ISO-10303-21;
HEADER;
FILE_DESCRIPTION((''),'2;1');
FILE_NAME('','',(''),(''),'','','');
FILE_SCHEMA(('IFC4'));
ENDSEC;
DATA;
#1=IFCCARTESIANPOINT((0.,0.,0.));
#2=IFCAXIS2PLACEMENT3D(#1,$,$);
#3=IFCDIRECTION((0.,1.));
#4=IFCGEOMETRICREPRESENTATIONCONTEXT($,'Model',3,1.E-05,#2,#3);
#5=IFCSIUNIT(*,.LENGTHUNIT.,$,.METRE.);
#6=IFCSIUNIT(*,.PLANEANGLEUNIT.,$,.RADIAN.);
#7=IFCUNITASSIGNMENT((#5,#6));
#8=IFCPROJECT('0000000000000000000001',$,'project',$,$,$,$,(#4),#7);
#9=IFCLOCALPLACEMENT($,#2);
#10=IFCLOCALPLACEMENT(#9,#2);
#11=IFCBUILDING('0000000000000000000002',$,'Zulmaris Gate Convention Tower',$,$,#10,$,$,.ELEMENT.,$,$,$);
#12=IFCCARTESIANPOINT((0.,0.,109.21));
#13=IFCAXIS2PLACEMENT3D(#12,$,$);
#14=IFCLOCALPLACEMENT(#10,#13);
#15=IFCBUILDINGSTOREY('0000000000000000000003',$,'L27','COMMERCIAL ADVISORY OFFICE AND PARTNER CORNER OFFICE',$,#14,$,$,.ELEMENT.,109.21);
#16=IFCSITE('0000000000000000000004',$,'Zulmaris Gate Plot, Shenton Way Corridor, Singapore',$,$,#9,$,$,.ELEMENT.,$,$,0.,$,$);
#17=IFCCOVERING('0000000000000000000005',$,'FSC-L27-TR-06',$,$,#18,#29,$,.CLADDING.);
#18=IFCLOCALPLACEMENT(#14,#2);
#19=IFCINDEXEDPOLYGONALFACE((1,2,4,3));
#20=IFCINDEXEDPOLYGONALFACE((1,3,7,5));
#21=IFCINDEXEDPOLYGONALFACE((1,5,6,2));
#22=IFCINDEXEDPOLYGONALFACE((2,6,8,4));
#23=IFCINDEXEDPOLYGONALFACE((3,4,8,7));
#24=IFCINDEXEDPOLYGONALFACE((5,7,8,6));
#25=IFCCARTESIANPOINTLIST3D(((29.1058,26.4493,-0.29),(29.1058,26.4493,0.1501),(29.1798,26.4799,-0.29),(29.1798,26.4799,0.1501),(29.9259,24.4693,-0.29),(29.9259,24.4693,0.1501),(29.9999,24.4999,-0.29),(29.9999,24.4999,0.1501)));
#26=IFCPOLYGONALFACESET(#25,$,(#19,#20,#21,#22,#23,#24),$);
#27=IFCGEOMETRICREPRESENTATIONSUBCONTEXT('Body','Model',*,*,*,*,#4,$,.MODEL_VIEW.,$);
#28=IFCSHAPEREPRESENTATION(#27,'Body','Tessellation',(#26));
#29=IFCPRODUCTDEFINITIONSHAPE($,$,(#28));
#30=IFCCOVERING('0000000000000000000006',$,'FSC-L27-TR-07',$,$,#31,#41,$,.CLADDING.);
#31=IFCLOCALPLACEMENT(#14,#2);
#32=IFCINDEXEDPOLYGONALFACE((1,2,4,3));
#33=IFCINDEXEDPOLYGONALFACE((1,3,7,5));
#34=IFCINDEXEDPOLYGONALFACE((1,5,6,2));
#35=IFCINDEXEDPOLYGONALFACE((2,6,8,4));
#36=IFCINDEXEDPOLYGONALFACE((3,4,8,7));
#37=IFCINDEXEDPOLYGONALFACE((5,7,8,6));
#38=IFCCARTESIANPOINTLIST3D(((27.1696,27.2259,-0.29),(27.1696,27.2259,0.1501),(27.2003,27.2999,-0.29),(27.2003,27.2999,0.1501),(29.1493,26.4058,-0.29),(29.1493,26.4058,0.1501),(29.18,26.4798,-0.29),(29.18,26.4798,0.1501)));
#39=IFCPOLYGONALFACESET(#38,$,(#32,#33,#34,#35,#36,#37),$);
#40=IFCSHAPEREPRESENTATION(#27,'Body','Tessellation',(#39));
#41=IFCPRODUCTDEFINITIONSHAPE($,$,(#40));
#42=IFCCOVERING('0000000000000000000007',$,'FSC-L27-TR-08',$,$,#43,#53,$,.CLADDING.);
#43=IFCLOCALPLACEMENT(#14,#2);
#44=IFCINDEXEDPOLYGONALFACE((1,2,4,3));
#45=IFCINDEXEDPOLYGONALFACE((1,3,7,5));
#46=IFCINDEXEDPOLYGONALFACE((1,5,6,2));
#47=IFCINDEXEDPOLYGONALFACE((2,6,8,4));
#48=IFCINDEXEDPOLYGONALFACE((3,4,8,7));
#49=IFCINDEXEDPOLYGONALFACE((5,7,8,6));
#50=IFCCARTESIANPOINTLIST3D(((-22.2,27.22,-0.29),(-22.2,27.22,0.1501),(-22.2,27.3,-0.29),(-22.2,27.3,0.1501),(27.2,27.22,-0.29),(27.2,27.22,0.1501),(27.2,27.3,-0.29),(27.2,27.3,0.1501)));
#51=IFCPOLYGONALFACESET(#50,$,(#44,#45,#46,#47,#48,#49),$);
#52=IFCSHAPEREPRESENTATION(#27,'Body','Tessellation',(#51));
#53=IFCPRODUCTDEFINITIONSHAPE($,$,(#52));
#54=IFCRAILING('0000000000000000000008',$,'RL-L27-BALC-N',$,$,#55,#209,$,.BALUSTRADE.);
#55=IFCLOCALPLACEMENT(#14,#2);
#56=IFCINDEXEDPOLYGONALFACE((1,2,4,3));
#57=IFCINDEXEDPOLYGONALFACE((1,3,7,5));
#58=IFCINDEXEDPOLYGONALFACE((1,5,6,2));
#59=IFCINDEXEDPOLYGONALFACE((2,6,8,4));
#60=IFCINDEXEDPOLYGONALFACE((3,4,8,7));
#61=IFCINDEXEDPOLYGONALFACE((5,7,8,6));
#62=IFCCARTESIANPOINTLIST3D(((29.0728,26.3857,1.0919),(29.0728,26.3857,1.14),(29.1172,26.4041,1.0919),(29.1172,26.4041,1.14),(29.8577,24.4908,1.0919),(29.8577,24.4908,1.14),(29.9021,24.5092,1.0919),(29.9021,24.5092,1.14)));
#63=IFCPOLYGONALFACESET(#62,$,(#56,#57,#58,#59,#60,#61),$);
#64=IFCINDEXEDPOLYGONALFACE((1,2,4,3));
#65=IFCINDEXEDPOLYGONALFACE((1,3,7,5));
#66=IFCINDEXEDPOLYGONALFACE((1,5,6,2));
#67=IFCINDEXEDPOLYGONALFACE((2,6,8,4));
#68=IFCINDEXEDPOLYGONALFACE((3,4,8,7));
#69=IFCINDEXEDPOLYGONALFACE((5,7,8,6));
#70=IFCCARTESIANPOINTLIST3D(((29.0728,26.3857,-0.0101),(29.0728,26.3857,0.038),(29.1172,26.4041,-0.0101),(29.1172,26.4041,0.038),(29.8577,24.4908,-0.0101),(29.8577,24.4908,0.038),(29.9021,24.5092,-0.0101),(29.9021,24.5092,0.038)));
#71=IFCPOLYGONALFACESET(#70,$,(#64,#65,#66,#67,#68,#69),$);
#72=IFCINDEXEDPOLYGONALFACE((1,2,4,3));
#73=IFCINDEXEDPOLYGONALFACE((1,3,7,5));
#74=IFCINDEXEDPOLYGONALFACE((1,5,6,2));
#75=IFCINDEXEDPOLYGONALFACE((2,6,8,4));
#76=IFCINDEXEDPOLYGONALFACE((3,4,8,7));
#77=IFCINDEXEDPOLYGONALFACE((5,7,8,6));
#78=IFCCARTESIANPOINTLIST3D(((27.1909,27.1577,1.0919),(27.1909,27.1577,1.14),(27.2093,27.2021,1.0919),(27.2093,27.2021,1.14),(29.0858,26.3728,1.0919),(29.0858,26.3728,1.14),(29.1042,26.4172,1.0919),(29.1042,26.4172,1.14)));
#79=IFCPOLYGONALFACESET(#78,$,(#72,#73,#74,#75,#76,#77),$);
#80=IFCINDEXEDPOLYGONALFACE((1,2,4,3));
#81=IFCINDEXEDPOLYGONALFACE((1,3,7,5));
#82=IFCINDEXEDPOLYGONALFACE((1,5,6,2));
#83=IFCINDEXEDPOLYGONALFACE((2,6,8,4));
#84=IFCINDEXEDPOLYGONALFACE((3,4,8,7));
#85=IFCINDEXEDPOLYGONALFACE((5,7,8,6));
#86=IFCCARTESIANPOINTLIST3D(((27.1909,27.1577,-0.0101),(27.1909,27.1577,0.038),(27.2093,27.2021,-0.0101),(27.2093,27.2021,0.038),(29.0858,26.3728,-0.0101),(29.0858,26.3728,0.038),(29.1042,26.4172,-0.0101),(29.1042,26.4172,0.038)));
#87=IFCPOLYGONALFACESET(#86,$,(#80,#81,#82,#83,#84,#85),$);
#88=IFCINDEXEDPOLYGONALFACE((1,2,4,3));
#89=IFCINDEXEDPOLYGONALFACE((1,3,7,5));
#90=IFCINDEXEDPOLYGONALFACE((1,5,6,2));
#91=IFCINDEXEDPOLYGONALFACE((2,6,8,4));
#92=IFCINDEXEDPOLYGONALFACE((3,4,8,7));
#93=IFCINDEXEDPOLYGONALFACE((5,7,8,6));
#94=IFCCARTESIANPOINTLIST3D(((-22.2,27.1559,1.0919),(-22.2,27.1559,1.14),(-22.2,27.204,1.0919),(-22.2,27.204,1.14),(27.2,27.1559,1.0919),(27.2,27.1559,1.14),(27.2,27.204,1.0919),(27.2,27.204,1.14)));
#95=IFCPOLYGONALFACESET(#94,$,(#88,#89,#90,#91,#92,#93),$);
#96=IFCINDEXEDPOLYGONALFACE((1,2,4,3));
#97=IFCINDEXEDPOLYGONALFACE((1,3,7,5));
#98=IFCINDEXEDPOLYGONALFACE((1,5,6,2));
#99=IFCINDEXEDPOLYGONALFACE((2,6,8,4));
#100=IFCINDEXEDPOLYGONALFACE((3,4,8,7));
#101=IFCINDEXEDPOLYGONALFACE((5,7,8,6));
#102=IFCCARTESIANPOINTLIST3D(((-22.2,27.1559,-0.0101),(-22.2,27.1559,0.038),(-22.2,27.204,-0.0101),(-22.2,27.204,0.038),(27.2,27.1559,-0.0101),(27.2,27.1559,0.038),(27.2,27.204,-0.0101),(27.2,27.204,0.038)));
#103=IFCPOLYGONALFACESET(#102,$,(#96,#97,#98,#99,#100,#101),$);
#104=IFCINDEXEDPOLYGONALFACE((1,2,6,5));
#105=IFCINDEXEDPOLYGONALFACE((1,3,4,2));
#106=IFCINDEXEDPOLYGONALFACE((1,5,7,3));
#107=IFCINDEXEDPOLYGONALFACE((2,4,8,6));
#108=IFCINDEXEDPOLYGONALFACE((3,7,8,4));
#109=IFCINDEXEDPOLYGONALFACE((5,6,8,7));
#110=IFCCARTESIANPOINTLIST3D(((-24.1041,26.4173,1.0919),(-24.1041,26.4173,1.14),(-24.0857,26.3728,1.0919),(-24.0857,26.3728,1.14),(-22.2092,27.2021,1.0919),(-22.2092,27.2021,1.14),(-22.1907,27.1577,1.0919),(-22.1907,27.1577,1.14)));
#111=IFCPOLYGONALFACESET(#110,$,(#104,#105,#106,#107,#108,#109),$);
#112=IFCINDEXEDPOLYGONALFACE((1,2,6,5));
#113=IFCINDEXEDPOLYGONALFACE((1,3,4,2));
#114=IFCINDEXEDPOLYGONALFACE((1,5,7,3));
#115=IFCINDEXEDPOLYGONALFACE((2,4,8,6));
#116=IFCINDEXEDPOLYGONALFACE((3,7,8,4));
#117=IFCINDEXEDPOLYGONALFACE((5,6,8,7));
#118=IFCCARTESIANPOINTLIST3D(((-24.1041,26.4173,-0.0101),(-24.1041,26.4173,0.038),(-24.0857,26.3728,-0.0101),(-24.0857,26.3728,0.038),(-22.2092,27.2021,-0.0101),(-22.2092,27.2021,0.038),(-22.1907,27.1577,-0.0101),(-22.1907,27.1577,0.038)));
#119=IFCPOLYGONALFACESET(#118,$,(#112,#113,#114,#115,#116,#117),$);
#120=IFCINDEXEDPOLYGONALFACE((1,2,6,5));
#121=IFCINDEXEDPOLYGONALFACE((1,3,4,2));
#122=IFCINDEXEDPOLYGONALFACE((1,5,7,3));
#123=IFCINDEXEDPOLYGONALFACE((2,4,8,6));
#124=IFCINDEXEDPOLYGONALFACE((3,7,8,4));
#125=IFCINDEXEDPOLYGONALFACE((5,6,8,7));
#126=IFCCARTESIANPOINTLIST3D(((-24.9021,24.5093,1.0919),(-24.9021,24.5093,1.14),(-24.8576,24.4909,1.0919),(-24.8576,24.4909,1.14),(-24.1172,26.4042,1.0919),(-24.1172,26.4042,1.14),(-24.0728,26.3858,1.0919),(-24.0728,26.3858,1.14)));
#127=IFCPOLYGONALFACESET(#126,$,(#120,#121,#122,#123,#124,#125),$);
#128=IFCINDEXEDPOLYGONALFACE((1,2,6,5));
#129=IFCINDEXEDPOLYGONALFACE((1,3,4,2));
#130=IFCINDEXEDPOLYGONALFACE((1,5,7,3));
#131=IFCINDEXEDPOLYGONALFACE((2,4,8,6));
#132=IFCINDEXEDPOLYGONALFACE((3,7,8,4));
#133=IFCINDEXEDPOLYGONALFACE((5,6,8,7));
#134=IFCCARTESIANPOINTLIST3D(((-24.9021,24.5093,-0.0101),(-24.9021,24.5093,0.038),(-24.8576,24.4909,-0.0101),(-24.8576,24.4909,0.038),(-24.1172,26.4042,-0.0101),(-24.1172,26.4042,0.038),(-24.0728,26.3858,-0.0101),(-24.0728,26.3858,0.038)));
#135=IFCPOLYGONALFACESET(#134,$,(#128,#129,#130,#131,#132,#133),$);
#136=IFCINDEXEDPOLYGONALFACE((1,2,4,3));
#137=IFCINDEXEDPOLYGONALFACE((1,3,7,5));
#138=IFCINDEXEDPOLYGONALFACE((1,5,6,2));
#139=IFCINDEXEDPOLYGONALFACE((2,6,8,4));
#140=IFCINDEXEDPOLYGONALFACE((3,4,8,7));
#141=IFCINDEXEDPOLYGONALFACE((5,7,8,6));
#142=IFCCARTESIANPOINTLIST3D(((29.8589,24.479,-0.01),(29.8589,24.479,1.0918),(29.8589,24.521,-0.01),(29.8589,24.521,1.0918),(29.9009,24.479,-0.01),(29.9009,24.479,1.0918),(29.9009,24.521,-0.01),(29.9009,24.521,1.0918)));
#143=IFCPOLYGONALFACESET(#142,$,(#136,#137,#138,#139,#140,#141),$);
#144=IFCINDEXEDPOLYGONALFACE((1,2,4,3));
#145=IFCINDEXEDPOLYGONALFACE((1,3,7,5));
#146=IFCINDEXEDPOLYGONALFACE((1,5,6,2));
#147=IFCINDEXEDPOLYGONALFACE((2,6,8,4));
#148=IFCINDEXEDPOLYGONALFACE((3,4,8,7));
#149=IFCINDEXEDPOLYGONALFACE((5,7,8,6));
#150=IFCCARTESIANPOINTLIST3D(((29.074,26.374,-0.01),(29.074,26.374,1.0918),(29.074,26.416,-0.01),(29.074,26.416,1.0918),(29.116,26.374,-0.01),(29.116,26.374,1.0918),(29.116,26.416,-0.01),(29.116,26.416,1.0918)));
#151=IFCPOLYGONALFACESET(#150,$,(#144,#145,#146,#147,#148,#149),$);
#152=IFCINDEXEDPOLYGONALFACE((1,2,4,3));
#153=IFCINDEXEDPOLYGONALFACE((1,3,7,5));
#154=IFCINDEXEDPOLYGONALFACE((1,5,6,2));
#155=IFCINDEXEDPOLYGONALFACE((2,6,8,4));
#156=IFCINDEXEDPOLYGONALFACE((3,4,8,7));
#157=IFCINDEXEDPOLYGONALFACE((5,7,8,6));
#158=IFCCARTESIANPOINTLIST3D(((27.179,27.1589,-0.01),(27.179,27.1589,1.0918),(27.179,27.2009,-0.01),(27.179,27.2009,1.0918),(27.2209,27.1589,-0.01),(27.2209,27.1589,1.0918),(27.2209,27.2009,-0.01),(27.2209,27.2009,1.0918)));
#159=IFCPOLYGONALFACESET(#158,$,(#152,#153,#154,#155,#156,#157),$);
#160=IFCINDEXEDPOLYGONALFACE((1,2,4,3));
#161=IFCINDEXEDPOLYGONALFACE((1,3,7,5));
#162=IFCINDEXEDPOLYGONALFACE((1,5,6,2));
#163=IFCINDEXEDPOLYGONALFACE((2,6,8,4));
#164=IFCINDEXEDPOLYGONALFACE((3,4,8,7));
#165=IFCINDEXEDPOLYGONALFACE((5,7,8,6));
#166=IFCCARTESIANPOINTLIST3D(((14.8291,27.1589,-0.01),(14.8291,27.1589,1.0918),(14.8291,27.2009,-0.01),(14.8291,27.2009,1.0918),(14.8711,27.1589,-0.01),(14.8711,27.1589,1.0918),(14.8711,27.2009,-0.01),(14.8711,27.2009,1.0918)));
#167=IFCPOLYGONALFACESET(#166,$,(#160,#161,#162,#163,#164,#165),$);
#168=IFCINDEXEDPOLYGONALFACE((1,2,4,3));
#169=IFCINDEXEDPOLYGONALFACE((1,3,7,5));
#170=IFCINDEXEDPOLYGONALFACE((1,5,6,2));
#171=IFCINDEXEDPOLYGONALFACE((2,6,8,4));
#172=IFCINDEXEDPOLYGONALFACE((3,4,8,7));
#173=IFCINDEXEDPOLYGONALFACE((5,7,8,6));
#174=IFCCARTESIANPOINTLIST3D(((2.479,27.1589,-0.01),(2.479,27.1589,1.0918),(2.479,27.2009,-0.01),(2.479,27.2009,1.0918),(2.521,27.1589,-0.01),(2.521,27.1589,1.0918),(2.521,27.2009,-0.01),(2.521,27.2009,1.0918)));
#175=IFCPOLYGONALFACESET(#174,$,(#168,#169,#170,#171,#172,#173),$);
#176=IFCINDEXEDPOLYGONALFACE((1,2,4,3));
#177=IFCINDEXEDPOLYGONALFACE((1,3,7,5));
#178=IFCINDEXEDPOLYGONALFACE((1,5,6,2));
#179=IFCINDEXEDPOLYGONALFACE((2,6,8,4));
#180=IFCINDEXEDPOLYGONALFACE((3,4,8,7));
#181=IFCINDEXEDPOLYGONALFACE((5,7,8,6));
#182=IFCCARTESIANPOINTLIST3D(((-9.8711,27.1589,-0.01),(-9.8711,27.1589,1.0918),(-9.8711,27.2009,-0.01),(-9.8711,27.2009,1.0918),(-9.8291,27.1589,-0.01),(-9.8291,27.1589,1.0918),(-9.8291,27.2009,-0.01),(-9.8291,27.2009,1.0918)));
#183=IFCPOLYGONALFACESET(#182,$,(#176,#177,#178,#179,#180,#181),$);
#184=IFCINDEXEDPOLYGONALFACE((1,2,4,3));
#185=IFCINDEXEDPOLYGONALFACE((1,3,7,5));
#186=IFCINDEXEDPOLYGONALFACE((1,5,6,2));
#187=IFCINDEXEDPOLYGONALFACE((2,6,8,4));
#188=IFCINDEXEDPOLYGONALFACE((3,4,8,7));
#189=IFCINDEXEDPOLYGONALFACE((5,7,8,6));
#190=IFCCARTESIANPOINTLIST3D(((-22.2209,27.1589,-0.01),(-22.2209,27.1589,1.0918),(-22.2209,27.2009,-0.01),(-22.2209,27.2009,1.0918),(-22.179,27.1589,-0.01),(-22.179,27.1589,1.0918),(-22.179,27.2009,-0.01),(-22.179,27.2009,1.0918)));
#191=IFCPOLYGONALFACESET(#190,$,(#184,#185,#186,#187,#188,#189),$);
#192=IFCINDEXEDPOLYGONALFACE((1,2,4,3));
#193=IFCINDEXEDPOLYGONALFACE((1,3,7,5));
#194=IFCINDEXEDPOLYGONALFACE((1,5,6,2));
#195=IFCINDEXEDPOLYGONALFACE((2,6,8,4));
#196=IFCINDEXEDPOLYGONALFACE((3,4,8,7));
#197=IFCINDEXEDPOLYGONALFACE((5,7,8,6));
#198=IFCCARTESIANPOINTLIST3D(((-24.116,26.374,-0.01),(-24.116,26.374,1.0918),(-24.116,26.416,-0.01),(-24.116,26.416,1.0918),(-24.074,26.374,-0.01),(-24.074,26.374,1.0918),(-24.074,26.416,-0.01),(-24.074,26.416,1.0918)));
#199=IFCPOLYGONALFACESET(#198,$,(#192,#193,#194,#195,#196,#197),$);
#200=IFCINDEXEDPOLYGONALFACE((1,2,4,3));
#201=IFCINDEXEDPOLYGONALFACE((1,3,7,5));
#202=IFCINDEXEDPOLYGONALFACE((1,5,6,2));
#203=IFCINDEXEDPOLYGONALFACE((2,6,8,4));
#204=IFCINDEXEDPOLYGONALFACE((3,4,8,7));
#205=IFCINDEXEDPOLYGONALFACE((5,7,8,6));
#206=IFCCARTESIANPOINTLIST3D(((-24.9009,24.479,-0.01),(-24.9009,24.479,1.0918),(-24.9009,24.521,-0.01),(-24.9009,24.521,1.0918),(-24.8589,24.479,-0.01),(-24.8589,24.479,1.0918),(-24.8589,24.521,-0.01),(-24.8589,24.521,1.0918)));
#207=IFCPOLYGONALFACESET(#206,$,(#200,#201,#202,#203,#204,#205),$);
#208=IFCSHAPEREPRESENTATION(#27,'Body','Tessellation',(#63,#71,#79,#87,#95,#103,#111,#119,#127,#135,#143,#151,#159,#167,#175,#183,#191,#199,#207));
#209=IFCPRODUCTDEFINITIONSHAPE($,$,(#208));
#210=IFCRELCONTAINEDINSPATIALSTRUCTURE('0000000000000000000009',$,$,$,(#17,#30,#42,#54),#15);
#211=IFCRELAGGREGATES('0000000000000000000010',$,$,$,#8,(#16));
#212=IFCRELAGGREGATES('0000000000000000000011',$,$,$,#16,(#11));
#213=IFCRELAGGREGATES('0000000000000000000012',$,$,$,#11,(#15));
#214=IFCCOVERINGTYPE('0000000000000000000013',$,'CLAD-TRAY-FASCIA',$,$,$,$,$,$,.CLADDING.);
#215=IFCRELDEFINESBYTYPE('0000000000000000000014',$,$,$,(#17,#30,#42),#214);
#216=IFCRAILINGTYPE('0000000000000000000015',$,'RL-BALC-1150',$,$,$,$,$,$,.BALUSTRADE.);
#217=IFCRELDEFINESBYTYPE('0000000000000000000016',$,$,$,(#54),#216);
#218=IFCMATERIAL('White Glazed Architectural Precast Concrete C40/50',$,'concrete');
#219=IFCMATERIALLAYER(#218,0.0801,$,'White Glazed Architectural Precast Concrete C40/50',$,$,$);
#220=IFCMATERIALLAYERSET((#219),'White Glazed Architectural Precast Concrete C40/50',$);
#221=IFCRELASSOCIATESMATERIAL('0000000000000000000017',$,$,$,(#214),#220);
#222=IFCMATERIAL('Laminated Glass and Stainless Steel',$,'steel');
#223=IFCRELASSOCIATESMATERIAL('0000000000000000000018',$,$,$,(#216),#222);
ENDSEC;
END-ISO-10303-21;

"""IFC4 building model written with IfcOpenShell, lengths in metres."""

from ifc_helpers import new_model, si_unit, direction, frame, frame_2d, origin, origin_2d, place, context, subcontext, project, spatial, rectangle, extrude, material, layer, layer_set, type_object, element, save


model = new_model("IFC4")

# Units and contexts
model_context = context("Model", 3, precision=1e-05, world=origin(), true_north=direction((0.0, 1.0)))
body_context = subcontext(model_context, "Body", "Model", "MODEL_VIEW")
ifc_project = project(units=[si_unit("LENGTHUNIT", "METRE"), si_unit("PLANEANGLEUNIT", "RADIAN")], contexts=[model_context])

# Site, building, storey
site_placement = place(None, origin())
site = spatial("IfcSite", under=ifc_project, at=site_placement, Name="Zulmaris Gate Plot, Shenton Way Corridor, Singapore", CompositionType="ELEMENT", RefElevation=0.0)
building_placement = place(site_placement, origin())
building = spatial("IfcBuilding", under=site, at=building_placement, Name="Zulmaris Gate Convention Tower", CompositionType="ELEMENT")
storey_placement = place(building_placement, frame((0.0, 0.0, 109.21)))
storey = spatial("IfcBuildingStorey", under=building, at=storey_placement, Name="L27", Description="COMMERCIAL ADVISORY OFFICE AND PARTNER CORNER OFFICE", CompositionType="ELEMENT", Elevation=109.21)

# Coverings
ifc_material_1 = material(Name="White Glazed Architectural Precast Concrete C40/50", Category="concrete")
ifc_layer_1 = layer(ifc_material_1, 0.0801, Name="White Glazed Architectural Precast Concrete C40/50")
ifc_layer_set_1 = layer_set([ifc_layer_1], Name="White Glazed Architectural Precast Concrete C40/50")
covering_type_1 = type_object("IfcCoveringType", Name="CLAD-TRAY-FASCIA", PredefinedType="CLADDING", material=ifc_layer_set_1)
covering_1_placement = place(storey_placement, frame((29.9629, 24.4846, -0.29), z_axis=(0.0, 0.0, 1.0), x_axis=(-0.382657, 0.92389, 0.0)))
element("IfcCovering", 1, at=covering_1_placement, inside=storey, type_object=covering_type_1, Name="FSC-L27-TR-06", PredefinedType="CLADDING", context=body_context, shape_type="SweptSolid", body=[
    extrude(rectangle(XDim=2.1431, YDim=0.0801, at=frame_2d((1.0715, 0.0))), origin(), (0.0, 0.0, 1.0), 0.4402),
])
covering_2_placement = place(storey_placement, frame((29.1646, 26.4429, -0.29), z_axis=(0.0, 0.0, 1.0), x_axis=(-0.923874, 0.382697, 0.0)))
element("IfcCovering", 2, at=covering_2_placement, inside=storey, type_object=covering_type_1, Name="FSC-L27-TR-07", PredefinedType="CLADDING", context=body_context, shape_type="SweptSolid", body=[
    extrude(rectangle(XDim=2.1428, YDim=0.0801, at=frame_2d((1.0713, 0.0))), origin(), (0.0, 0.0, 1.0), 0.4402),
])
covering_3_placement = place(storey_placement, frame((27.2, 27.26, -0.29), z_axis=(0.0, 0.0, 1.0), x_axis=(-1.0, 0.0, 0.0)))
element("IfcCovering", 3, at=covering_3_placement, inside=storey, type_object=covering_type_1, Name="FSC-L27-TR-08", PredefinedType="CLADDING", context=body_context, shape_type="SweptSolid", body=[
    extrude(rectangle(XDim=49.3999, YDim=0.0801, at=frame_2d((24.7, 0.0))), origin(), (0.0, 0.0, 1.0), 0.4402),
])

# Railing
ifc_material_2 = material(Name="Laminated Glass and Stainless Steel", Category="steel")
railing_type = type_object("IfcRailingType", Name="RL-BALC-1150", PredefinedType="BALUSTRADE", material=ifc_material_2)
railing_placement = place(storey_placement, frame((29.8799, 24.5, -0.01)))
element("IfcRailing", 4, at=railing_placement, inside=storey, type_object=railing_type, Name="RL-L27-BALC-N", PredefinedType="BALUSTRADE", context=body_context, shape_type="SweptSolid", body=[
    extrude(rectangle(XDim=0.0481, YDim=0.0481, at=origin_2d()), frame((0.0, 0.0, 1.126), z_axis=(-0.382671, 0.923885, 0.0), x_axis=(-0.923885, -0.382671, 0.0)), (0.0, 0.0, 1.0), 2.051),
    extrude(rectangle(XDim=0.0481, YDim=0.0481, at=origin_2d()), frame((0.0, 0.0, 0.0239), z_axis=(-0.382671, 0.923885, 0.0), x_axis=(-0.923885, -0.382671, 0.0)), (0.0, 0.0, 1.0), 2.051),
    extrude(rectangle(XDim=0.0481, YDim=0.0481, at=origin_2d()), frame((-0.7849, 1.895, 1.126), z_axis=(-0.923885, 0.382671, 0.0), x_axis=(-0.382671, -0.923885, 0.0)), (0.0, 0.0, 1.0), 2.051),
    extrude(rectangle(XDim=0.0481, YDim=0.0481, at=origin_2d()), frame((-0.7849, 1.895, 0.0239), z_axis=(-0.923885, 0.382671, 0.0), x_axis=(-0.382671, -0.923885, 0.0)), (0.0, 0.0, 1.0), 2.051),
    extrude(rectangle(XDim=0.0481, YDim=0.0481, at=origin_2d()), frame((-2.6799, 2.6799, 1.126), z_axis=(-1.0, 0.0, 0.0), x_axis=(0.0, -1.0, 0.0)), (0.0, 0.0, 1.0), 49.3999),
    extrude(rectangle(XDim=0.0481, YDim=0.0481, at=origin_2d()), frame((-2.6799, 2.6799, 0.0239), z_axis=(-1.0, 0.0, 0.0), x_axis=(0.0, -1.0, 0.0)), (0.0, 0.0, 1.0), 49.3999),
    extrude(rectangle(XDim=0.0481, YDim=0.0481, at=origin_2d()), frame((-52.0798, 2.6799, 1.126), z_axis=(-0.923885, -0.382671, 0.0), x_axis=(0.382671, -0.923885, 0.0)), (0.0, 0.0, 1.0), 2.051),
    extrude(rectangle(XDim=0.0481, YDim=0.0481, at=origin_2d()), frame((-52.0798, 2.6799, 0.0239), z_axis=(-0.923885, -0.382671, 0.0), x_axis=(0.382671, -0.923885, 0.0)), (0.0, 0.0, 1.0), 2.051),
    extrude(rectangle(XDim=0.0481, YDim=0.0481, at=origin_2d()), frame((-53.9749, 1.895, 1.126), z_axis=(-0.382671, -0.923885, 0.0), x_axis=(0.923885, -0.382671, 0.0)), (0.0, 0.0, 1.0), 2.051),
    extrude(rectangle(XDim=0.0481, YDim=0.0481, at=origin_2d()), frame((-53.9749, 1.895, 0.0239), z_axis=(-0.382671, -0.923885, 0.0), x_axis=(0.923885, -0.382671, 0.0)), (0.0, 0.0, 1.0), 2.051),
    extrude(rectangle(XDim=0.042, YDim=0.042, at=origin_2d()), origin(), (0.0, 0.0, 1.0), 1.1018),
    extrude(rectangle(XDim=0.042, YDim=0.042, at=origin_2d()), frame((-0.7849, 1.895, 0.0)), (0.0, 0.0, 1.0), 1.1018),
    extrude(rectangle(XDim=0.042, YDim=0.042, at=origin_2d()), frame((-2.6799, 2.6799, 0.0)), (0.0, 0.0, 1.0), 1.1018),
    extrude(rectangle(XDim=0.042, YDim=0.042, at=origin_2d()), frame((-15.0298, 2.6799, 0.0)), (0.0, 0.0, 1.0), 1.1018),
    extrude(rectangle(XDim=0.042, YDim=0.042, at=origin_2d()), frame((-27.3799, 2.6799, 0.0)), (0.0, 0.0, 1.0), 1.1018),
    extrude(rectangle(XDim=0.042, YDim=0.042, at=origin_2d()), frame((-39.73, 2.6799, 0.0)), (0.0, 0.0, 1.0), 1.1018),
    extrude(rectangle(XDim=0.042, YDim=0.042, at=origin_2d()), frame((-52.0798, 2.6799, 0.0)), (0.0, 0.0, 1.0), 1.1018),
    extrude(rectangle(XDim=0.042, YDim=0.042, at=origin_2d()), frame((-53.9749, 1.895, 0.0)), (0.0, 0.0, 1.0), 1.1018),
    extrude(rectangle(XDim=0.042, YDim=0.042, at=origin_2d()), frame((-54.7598, 0.0, 0.0)), (0.0, 0.0, 1.0), 1.1018),
])

save(model, "model.ifc")
